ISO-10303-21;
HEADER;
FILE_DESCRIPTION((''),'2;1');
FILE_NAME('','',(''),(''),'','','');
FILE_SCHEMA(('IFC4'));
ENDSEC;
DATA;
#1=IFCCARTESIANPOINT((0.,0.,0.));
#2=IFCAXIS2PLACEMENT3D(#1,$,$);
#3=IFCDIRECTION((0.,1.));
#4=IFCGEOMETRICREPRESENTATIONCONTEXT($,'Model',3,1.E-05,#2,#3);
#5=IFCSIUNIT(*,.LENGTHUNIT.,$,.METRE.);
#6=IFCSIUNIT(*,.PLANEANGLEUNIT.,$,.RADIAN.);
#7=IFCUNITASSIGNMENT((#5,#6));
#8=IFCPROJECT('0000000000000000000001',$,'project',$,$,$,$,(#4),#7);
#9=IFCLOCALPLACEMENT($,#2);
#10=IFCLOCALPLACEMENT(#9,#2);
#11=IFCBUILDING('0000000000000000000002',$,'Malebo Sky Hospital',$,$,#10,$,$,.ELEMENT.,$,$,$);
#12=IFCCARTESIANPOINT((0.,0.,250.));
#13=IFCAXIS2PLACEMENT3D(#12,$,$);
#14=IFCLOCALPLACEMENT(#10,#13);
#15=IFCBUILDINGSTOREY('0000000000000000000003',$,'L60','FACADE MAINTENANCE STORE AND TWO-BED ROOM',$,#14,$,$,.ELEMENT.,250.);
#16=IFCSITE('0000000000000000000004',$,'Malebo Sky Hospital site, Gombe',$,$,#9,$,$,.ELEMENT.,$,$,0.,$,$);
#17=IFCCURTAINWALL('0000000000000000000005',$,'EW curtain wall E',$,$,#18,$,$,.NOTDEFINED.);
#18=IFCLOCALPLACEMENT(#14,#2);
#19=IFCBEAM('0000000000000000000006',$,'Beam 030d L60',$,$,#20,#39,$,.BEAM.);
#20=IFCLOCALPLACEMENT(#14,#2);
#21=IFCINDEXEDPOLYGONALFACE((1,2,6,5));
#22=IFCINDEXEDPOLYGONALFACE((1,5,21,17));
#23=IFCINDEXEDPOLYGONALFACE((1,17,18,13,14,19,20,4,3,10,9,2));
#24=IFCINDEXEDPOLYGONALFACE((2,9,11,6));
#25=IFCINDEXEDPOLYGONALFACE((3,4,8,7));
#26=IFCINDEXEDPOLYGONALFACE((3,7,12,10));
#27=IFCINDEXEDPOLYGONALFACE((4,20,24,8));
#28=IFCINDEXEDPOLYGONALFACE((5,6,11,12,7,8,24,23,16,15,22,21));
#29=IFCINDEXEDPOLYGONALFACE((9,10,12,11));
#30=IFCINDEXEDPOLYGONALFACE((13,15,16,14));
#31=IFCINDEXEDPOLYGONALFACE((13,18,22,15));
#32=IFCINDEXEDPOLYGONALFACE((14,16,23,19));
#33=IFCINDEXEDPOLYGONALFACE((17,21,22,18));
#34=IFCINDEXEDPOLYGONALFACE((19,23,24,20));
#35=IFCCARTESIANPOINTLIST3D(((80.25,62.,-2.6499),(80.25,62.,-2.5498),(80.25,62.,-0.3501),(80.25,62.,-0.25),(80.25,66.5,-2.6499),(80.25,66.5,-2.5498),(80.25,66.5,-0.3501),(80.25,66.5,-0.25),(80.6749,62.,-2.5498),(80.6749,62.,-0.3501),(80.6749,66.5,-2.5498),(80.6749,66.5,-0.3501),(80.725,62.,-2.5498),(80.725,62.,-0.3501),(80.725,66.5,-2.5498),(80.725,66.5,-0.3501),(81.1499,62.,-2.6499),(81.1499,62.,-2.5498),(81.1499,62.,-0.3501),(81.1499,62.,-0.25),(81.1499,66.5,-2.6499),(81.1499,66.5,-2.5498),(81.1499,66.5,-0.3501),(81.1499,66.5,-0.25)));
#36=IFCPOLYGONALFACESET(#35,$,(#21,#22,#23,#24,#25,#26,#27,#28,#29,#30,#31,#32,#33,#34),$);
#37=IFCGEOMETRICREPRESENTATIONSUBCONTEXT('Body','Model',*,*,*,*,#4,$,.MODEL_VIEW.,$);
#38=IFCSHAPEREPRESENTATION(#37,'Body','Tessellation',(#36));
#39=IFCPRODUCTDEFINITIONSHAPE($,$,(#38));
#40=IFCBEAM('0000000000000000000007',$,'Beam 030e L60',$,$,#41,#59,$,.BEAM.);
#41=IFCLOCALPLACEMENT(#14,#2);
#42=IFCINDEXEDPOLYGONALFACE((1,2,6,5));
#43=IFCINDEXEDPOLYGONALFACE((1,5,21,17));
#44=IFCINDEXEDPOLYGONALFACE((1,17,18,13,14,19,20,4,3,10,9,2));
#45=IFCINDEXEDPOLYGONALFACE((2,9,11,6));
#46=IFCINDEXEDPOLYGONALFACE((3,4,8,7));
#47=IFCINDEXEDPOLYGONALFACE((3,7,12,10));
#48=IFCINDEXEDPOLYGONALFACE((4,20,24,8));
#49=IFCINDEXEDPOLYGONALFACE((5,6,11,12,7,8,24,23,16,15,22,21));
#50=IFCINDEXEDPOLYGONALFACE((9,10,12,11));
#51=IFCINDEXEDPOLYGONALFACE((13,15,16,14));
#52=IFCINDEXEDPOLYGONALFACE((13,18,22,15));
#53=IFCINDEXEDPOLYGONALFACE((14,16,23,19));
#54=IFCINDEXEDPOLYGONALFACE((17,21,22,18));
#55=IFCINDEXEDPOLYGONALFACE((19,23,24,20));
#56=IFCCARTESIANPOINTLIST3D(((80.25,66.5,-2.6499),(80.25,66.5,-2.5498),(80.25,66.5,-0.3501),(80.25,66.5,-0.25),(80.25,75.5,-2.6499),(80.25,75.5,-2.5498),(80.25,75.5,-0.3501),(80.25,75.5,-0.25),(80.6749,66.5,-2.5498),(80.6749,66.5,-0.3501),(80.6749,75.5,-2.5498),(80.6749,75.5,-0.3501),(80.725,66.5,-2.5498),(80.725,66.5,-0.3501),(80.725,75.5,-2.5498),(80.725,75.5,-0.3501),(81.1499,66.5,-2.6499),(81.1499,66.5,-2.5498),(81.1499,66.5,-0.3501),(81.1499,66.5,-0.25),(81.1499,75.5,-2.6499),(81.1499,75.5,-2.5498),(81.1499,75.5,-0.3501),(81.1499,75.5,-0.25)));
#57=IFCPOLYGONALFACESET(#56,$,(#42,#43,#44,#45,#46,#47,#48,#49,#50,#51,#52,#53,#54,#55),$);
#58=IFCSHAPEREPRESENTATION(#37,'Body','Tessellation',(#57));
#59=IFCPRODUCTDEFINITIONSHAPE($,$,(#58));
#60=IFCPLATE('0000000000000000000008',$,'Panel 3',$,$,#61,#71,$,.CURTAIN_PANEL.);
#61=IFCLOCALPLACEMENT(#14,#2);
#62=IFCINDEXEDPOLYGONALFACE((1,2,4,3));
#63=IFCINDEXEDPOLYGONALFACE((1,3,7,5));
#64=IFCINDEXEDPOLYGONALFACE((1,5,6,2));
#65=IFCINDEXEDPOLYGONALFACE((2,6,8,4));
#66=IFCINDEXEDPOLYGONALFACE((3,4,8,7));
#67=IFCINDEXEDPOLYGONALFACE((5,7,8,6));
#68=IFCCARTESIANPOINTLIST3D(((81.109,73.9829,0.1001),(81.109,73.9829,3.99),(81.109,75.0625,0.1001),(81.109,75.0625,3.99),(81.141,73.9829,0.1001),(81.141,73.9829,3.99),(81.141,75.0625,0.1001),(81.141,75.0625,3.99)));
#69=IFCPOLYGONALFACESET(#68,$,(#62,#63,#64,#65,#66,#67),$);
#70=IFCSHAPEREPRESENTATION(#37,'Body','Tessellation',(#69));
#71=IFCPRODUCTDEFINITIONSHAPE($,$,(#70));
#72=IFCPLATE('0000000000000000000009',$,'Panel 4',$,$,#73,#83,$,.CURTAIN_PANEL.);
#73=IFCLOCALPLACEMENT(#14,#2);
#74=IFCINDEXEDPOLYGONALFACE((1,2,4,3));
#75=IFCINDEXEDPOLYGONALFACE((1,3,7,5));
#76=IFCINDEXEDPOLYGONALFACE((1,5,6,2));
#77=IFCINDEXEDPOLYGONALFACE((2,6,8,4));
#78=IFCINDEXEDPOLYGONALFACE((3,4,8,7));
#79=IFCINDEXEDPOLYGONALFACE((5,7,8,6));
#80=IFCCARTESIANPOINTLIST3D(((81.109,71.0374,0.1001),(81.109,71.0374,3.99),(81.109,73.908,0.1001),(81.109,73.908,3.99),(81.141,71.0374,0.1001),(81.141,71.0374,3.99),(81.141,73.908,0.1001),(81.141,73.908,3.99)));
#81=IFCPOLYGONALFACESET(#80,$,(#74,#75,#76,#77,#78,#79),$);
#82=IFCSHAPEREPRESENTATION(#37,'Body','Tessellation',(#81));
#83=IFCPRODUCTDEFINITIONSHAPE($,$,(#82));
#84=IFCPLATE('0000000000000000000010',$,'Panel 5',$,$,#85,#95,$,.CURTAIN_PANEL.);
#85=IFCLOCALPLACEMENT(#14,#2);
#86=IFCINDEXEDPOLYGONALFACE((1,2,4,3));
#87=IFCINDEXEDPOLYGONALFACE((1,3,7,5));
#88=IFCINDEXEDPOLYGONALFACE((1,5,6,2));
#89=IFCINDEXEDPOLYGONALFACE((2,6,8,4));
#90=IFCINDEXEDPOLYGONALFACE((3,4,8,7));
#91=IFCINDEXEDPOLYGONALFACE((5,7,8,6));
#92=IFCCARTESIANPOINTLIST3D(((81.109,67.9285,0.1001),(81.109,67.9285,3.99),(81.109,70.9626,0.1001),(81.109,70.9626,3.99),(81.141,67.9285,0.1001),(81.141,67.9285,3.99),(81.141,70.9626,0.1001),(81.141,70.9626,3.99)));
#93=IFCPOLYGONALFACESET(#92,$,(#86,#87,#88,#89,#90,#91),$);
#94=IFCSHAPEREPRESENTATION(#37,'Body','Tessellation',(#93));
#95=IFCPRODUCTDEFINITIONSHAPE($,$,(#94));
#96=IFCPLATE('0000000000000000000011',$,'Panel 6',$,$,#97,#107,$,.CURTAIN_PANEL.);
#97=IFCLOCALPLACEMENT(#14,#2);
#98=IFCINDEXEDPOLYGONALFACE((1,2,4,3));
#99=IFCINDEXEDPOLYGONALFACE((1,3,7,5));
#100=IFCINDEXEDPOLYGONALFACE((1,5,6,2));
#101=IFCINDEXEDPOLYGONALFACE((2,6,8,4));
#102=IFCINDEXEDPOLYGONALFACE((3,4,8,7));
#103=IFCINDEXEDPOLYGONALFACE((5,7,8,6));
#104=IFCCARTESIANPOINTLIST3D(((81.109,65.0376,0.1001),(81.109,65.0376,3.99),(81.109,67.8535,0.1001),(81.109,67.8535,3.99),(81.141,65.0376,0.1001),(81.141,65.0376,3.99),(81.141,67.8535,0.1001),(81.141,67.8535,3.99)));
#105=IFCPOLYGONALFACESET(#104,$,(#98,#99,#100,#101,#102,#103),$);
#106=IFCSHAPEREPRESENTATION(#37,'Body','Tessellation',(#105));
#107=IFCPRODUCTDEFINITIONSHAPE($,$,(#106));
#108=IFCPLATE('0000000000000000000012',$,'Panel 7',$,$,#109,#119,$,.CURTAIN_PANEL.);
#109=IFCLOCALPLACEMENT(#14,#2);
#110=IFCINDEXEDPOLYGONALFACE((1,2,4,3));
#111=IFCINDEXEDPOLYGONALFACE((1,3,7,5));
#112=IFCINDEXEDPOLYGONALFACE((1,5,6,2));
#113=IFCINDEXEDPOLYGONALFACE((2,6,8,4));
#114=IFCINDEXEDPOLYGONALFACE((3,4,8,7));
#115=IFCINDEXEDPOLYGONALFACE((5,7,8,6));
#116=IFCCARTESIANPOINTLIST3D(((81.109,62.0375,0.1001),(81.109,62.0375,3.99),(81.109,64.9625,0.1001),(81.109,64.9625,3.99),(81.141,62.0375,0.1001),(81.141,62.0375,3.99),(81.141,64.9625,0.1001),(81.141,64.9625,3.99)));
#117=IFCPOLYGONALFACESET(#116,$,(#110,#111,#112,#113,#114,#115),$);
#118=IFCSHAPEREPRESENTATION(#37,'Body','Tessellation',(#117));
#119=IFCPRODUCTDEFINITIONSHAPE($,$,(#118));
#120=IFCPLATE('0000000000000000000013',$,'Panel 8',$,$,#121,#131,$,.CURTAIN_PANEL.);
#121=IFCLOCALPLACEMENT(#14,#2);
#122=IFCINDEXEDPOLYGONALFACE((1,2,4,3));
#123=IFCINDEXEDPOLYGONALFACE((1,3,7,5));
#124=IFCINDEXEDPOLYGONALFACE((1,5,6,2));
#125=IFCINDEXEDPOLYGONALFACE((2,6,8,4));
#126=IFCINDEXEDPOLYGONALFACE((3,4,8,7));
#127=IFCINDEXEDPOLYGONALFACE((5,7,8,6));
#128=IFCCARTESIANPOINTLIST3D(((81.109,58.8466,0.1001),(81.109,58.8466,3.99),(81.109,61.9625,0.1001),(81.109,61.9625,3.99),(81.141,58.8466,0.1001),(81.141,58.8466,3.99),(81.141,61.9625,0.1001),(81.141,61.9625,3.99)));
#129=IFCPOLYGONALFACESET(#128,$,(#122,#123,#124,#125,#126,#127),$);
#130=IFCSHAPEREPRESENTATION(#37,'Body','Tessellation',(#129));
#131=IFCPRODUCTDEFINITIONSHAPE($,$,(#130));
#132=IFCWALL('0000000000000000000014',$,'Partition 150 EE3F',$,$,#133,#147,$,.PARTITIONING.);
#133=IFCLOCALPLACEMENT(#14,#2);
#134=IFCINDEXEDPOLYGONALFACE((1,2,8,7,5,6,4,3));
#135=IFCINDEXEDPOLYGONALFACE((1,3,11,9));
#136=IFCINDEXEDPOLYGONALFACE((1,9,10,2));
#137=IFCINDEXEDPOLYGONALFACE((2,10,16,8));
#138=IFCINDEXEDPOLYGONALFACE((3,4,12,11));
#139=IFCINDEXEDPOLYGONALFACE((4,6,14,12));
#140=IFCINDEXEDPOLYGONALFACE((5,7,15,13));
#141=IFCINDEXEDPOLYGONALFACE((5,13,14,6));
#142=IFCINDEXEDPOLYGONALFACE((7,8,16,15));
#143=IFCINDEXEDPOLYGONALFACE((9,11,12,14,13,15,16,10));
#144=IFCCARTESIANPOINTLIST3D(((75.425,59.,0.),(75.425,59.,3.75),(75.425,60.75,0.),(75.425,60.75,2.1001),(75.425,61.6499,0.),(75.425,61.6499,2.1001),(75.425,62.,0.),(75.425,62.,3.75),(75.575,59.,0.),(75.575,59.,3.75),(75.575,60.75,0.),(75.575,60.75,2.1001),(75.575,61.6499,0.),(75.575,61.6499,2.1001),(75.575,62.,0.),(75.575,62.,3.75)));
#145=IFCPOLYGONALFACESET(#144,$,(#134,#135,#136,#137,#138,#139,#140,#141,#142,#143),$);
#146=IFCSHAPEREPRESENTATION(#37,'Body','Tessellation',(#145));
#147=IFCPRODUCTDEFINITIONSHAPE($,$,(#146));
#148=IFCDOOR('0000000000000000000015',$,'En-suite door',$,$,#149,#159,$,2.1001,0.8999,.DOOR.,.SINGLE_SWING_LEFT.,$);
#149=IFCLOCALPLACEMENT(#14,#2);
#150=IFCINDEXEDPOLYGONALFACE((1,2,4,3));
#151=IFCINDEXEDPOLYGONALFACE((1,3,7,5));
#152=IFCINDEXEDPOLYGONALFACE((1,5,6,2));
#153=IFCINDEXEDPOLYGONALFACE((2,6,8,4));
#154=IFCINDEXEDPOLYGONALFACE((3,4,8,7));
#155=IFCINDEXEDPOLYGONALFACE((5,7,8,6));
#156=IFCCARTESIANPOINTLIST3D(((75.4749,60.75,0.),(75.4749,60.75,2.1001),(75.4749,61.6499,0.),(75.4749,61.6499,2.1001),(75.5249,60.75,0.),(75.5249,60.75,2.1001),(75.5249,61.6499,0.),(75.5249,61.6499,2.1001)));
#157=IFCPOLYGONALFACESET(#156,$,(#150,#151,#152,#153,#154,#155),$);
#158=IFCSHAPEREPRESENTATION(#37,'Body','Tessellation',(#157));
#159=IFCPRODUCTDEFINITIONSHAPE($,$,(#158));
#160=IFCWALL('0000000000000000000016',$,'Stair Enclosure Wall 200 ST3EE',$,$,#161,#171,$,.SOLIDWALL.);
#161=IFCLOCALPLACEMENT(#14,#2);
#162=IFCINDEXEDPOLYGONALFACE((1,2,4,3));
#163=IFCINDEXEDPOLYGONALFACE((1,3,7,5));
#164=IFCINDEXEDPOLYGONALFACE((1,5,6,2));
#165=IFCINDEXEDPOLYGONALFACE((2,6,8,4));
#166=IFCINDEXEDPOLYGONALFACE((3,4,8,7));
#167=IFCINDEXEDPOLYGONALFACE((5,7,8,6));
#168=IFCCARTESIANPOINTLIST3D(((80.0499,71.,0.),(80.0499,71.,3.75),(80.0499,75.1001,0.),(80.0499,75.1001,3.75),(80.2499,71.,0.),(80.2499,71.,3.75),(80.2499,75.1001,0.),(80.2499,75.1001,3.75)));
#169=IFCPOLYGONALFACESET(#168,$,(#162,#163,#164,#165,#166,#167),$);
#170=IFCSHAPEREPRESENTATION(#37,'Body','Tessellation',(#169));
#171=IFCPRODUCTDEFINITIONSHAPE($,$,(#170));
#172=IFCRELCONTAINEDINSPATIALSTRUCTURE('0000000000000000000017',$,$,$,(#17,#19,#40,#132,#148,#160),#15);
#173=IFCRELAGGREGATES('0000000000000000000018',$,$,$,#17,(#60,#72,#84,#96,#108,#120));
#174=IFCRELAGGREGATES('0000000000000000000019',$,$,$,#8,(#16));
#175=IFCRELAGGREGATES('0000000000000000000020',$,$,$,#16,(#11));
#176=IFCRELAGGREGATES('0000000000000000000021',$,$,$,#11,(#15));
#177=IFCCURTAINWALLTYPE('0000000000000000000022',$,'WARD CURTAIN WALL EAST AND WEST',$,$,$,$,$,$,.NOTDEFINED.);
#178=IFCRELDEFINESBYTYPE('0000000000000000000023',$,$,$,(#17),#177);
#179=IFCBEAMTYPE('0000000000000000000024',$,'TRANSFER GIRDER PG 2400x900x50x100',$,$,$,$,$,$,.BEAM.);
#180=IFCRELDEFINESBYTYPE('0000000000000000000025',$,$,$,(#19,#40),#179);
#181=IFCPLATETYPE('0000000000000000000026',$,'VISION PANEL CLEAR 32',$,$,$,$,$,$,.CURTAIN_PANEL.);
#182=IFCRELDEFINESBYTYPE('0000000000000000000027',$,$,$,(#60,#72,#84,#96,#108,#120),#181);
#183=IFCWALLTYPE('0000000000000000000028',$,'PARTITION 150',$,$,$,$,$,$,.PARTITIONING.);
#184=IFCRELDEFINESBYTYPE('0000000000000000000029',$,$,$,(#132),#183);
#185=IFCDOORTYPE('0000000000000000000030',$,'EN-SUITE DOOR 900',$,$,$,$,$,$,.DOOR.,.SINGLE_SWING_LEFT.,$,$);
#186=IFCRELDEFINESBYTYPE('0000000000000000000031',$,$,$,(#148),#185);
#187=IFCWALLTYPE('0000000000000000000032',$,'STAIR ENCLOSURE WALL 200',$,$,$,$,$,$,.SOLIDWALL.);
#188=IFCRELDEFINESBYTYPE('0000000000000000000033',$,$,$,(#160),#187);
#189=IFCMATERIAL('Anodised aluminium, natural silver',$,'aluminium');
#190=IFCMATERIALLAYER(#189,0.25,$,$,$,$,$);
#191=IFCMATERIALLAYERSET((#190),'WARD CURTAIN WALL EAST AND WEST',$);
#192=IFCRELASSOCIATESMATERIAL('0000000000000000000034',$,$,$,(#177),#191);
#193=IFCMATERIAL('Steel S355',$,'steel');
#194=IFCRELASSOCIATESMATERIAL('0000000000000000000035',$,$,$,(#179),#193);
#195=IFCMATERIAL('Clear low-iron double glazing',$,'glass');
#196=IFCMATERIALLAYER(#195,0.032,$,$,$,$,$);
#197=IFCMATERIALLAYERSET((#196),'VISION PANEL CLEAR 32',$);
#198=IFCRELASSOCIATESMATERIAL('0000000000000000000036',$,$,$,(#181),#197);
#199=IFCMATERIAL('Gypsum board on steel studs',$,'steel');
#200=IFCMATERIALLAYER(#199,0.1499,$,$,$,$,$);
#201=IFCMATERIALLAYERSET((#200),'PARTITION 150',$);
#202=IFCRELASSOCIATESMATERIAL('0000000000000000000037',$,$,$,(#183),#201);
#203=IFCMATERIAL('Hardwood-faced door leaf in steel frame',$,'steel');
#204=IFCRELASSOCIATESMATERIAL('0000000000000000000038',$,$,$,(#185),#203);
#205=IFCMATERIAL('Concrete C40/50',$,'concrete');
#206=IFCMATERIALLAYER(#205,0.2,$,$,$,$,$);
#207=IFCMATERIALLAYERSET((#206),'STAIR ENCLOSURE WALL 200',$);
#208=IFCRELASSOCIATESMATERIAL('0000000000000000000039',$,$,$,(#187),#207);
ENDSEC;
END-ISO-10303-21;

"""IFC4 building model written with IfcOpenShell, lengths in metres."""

from ifc_helpers import new_model, si_unit, direction, frame, frame_2d, origin, origin_2d, place, context, subcontext, project, spatial, rectangle, i_section, extrude, material, layer, layer_set, material_profile, profile_set, type_object, element, fill, aggregate, save


model = new_model("IFC4")

# Units and contexts
model_context = context("Model", 3, precision=1e-05, world=origin(), true_north=direction((0.0, 1.0)))
body_context = subcontext(model_context, "Body", "Model", "MODEL_VIEW")
ifc_project = project(units=[si_unit("LENGTHUNIT", "METRE"), si_unit("PLANEANGLEUNIT", "RADIAN")], contexts=[model_context])

# Site, building, storey
site_placement = place(None, origin())
site = spatial("IfcSite", under=ifc_project, at=site_placement, Name="Malebo Sky Hospital site, Gombe", CompositionType="ELEMENT", RefElevation=0.0)
building_placement = place(site_placement, origin())
building = spatial("IfcBuilding", under=site, at=building_placement, Name="Malebo Sky Hospital", CompositionType="ELEMENT")
storey_placement = place(building_placement, frame((0.0, 0.0, 250.0)))
storey = spatial("IfcBuildingStorey", under=building, at=storey_placement, Name="L60", Description="FACADE MAINTENANCE STORE AND TWO-BED ROOM", CompositionType="ELEMENT", Elevation=250.0)

# Curtain wall
ifc_material_1 = material(Name="Anodised aluminium, natural silver", Category="aluminium")
ifc_layer_1 = layer(ifc_material_1, 0.25)
ifc_layer_set_1 = layer_set([ifc_layer_1], Name="WARD CURTAIN WALL EAST AND WEST")
curtain_wall_type = type_object("IfcCurtainWallType", Name="WARD CURTAIN WALL EAST AND WEST", PredefinedType="NOTDEFINED", material=ifc_layer_set_1)
curtain_wall_placement = place(storey_placement, origin())
curtain_wall = element("IfcCurtainWall", 1, at=curtain_wall_placement, inside=storey, type_object=curtain_wall_type, Name="EW curtain wall E", PredefinedType="NOTDEFINED")

# Beams
ifc_material_2 = material(Name="Steel S355", Category="steel")
ifc_material_profile_1 = material_profile(ifc_material_2, i_section(OverallWidth=0.8999, OverallDepth=2.3999, WebThickness=0.05, FlangeThickness=0.1001, at=origin_2d()), Name="PG 2400x900x50x100")
ifc_profile_set_1 = profile_set([ifc_material_profile_1], Name="Steel S355")
beam_type_1 = type_object("IfcBeamType", Name="TRANSFER GIRDER PG 2400x900x50x100", PredefinedType="BEAM", material=ifc_profile_set_1)
beam_1_placement = place(storey_placement, frame((80.7, 62.0, -1.45), z_axis=(0.0, 1.0, 0.0), x_axis=(-1.0, 0.0, 0.0)))
element("IfcBeam", 2, at=beam_1_placement, inside=storey, type_object=beam_type_1, Name="Beam 030d L60", PredefinedType="BEAM", context=body_context, shape_type="SweptSolid", body=[
    extrude(i_section(OverallWidth=0.8999, OverallDepth=2.3999, WebThickness=0.05, FlangeThickness=0.1001, at=origin_2d()), origin(), (0.0, 0.0, 1.0), 4.5),
])
beam_2_placement = place(storey_placement, frame((80.7, 66.5, -1.45), z_axis=(0.0, 1.0, 0.0), x_axis=(-1.0, 0.0, 0.0)))
element("IfcBeam", 3, at=beam_2_placement, inside=storey, type_object=beam_type_1, Name="Beam 030e L60", PredefinedType="BEAM", context=body_context, shape_type="SweptSolid", body=[
    extrude(i_section(OverallWidth=0.8999, OverallDepth=2.3999, WebThickness=0.05, FlangeThickness=0.1001, at=origin_2d()), origin(), (0.0, 0.0, 1.0), 9.0),
])

# Plates
ifc_material_3 = material(Name="Clear low-iron double glazing", Category="glass")
ifc_layer_2 = layer(ifc_material_3, 0.032)
ifc_layer_set_2 = layer_set([ifc_layer_2], Name="VISION PANEL CLEAR 32")
plate_type = type_object("IfcPlateType", Name="VISION PANEL CLEAR 32", PredefinedType="CURTAIN_PANEL", material=ifc_layer_set_2)
plate_1_placement = place(storey_placement, frame((81.125, 74.5227, 0.1001), z_axis=(0.0, 0.0, 1.0), x_axis=(0.0, -1.0, 0.0)))
plate_1 = element("IfcPlate", 4, at=plate_1_placement, type_object=plate_type, Name="Panel 3", PredefinedType="CURTAIN_PANEL", context=body_context, shape_type="SweptSolid", body=[
    extrude(rectangle(XDim=1.0796, YDim=0.032, at=origin_2d()), origin(), (0.0, 0.0, 1.0), 3.8899),
])
plate_2_placement = place(storey_placement, frame((81.125, 72.4727, 0.1001), z_axis=(0.0, 0.0, 1.0), x_axis=(0.0, -1.0, 0.0)))
plate_2 = element("IfcPlate", 5, at=plate_2_placement, type_object=plate_type, Name="Panel 4", PredefinedType="CURTAIN_PANEL", context=body_context, shape_type="SweptSolid", body=[
    extrude(rectangle(XDim=2.8706, YDim=0.032, at=origin_2d()), origin(), (0.0, 0.0, 1.0), 3.8899),
])
plate_3_placement = place(storey_placement, frame((81.125, 69.4456, 0.1001), z_axis=(0.0, 0.0, 1.0), x_axis=(0.0, -1.0, 0.0)))
plate_3 = element("IfcPlate", 6, at=plate_3_placement, type_object=plate_type, Name="Panel 5", PredefinedType="CURTAIN_PANEL", context=body_context, shape_type="SweptSolid", body=[
    extrude(rectangle(XDim=3.0342, YDim=0.032, at=origin_2d()), origin(), (0.0, 0.0, 1.0), 3.8899),
])
plate_4_placement = place(storey_placement, frame((81.125, 66.4456, 0.1001), z_axis=(0.0, 0.0, 1.0), x_axis=(0.0, -1.0, 0.0)))
plate_4 = element("IfcPlate", 7, at=plate_4_placement, type_object=plate_type, Name="Panel 6", PredefinedType="CURTAIN_PANEL", context=body_context, shape_type="SweptSolid", body=[
    extrude(rectangle(XDim=2.8159, YDim=0.032, at=origin_2d()), origin(), (0.0, 0.0, 1.0), 3.8899),
])
plate_5_placement = place(storey_placement, frame((81.125, 63.5, 0.1001), z_axis=(0.0, 0.0, 1.0), x_axis=(0.0, -1.0, 0.0)))
plate_5 = element("IfcPlate", 8, at=plate_5_placement, type_object=plate_type, Name="Panel 7", PredefinedType="CURTAIN_PANEL", context=body_context, shape_type="SweptSolid", body=[
    extrude(rectangle(XDim=2.925, YDim=0.032, at=origin_2d()), origin(), (0.0, 0.0, 1.0), 3.8899),
])
plate_6_placement = place(storey_placement, frame((81.125, 60.4045, 0.1001), z_axis=(0.0, 0.0, 1.0), x_axis=(0.0, -1.0, 0.0)))
plate_6 = element("IfcPlate", 9, at=plate_6_placement, type_object=plate_type, Name="Panel 8", PredefinedType="CURTAIN_PANEL", context=body_context, shape_type="SweptSolid", body=[
    extrude(rectangle(XDim=3.116, YDim=0.032, at=origin_2d()), origin(), (0.0, 0.0, 1.0), 3.8899),
])
aggregate(curtain_wall, [plate_1, plate_2, plate_3, plate_4, plate_5, plate_6])

# Wall, opening, door
ifc_material_4 = material(Name="Gypsum board on steel studs", Category="steel")
ifc_layer_3 = layer(ifc_material_4, 0.1499)
ifc_layer_set_3 = layer_set([ifc_layer_3], Name="PARTITION 150")
wall_type_1 = type_object("IfcWallType", Name="PARTITION 150", PredefinedType="PARTITIONING", material=ifc_layer_set_3)
wall_1_placement = place(storey_placement, frame((75.5, 62.0, 0.0), z_axis=(0.0, 0.0, 1.0), x_axis=(0.0, -1.0, 0.0)))
wall_1 = element("IfcWall", 10, at=wall_1_placement, inside=storey, type_object=wall_type_1, Name="Partition 150 EE3F", PredefinedType="PARTITIONING", context=body_context, shape_type="SweptSolid", body=[
    extrude(rectangle(XDim=3.0, YDim=0.1499, at=frame_2d((1.5, 0.0))), origin(), (0.0, 0.0, 1.0), 3.75),
])
opening_placement = place(wall_1_placement, frame((0.3501, 0.0, 0.0)))
opening = element("IfcOpeningElement", 11, at=opening_placement, cuts=wall_1, PredefinedType="OPENING", context=body_context, shape_type="SweptSolid", body=[
    extrude(rectangle(XDim=0.8999, YDim=2.1001, at=frame_2d((0.45, 1.05))), frame((0.0, 0.085, 0.0), z_axis=(0.0, -1.0, 0.0), x_axis=(1.0, 0.0, 0.0)), (0.0, 0.0, 1.0), 0.1699),
])
ifc_material_5 = material(Name="Hardwood-faced door leaf in steel frame", Category="steel")
door_type = type_object("IfcDoorType", Name="EN-SUITE DOOR 900", OperationType="SINGLE_SWING_LEFT", PredefinedType="DOOR", material=ifc_material_5)
door_placement = place(opening_placement, origin())
door = element("IfcDoor", 12, at=door_placement, inside=storey, type_object=door_type, Name="En-suite door", OperationType="SINGLE_SWING_LEFT", OverallHeight=2.1001, OverallWidth=0.8999, PredefinedType="DOOR", context=body_context, shape_type="SweptSolid", body=[
    extrude(rectangle(XDim=0.8999, YDim=2.1001, at=frame_2d((0.45, 1.05))), frame((0.0, 0.0249, 0.0), z_axis=(0.0, -1.0, 0.0), x_axis=(1.0, 0.0, 0.0)), (0.0, 0.0, 1.0), 0.05),
])
fill(opening, door)

# Wall
ifc_material_6 = material(Name="Concrete C40/50", Category="concrete")
ifc_layer_4 = layer(ifc_material_6, 0.2)
ifc_layer_set_4 = layer_set([ifc_layer_4], Name="STAIR ENCLOSURE WALL 200")
wall_type_2 = type_object("IfcWallType", Name="STAIR ENCLOSURE WALL 200", PredefinedType="SOLIDWALL", material=ifc_layer_set_4)
wall_2_placement = place(storey_placement, frame((80.1499, 71.0, 0.0), z_axis=(0.0, 0.0, 1.0), x_axis=(0.0, 1.0, 0.0)))
element("IfcWall", 13, at=wall_2_placement, inside=storey, type_object=wall_type_2, Name="Stair Enclosure Wall 200 ST3EE", PredefinedType="SOLIDWALL", context=body_context, shape_type="SweptSolid", body=[
    extrude(rectangle(XDim=4.1001, YDim=0.2, at=frame_2d((2.05, 0.0))), origin(), (0.0, 0.0, 1.0), 3.75),
])

save(model, "model.ifc")
